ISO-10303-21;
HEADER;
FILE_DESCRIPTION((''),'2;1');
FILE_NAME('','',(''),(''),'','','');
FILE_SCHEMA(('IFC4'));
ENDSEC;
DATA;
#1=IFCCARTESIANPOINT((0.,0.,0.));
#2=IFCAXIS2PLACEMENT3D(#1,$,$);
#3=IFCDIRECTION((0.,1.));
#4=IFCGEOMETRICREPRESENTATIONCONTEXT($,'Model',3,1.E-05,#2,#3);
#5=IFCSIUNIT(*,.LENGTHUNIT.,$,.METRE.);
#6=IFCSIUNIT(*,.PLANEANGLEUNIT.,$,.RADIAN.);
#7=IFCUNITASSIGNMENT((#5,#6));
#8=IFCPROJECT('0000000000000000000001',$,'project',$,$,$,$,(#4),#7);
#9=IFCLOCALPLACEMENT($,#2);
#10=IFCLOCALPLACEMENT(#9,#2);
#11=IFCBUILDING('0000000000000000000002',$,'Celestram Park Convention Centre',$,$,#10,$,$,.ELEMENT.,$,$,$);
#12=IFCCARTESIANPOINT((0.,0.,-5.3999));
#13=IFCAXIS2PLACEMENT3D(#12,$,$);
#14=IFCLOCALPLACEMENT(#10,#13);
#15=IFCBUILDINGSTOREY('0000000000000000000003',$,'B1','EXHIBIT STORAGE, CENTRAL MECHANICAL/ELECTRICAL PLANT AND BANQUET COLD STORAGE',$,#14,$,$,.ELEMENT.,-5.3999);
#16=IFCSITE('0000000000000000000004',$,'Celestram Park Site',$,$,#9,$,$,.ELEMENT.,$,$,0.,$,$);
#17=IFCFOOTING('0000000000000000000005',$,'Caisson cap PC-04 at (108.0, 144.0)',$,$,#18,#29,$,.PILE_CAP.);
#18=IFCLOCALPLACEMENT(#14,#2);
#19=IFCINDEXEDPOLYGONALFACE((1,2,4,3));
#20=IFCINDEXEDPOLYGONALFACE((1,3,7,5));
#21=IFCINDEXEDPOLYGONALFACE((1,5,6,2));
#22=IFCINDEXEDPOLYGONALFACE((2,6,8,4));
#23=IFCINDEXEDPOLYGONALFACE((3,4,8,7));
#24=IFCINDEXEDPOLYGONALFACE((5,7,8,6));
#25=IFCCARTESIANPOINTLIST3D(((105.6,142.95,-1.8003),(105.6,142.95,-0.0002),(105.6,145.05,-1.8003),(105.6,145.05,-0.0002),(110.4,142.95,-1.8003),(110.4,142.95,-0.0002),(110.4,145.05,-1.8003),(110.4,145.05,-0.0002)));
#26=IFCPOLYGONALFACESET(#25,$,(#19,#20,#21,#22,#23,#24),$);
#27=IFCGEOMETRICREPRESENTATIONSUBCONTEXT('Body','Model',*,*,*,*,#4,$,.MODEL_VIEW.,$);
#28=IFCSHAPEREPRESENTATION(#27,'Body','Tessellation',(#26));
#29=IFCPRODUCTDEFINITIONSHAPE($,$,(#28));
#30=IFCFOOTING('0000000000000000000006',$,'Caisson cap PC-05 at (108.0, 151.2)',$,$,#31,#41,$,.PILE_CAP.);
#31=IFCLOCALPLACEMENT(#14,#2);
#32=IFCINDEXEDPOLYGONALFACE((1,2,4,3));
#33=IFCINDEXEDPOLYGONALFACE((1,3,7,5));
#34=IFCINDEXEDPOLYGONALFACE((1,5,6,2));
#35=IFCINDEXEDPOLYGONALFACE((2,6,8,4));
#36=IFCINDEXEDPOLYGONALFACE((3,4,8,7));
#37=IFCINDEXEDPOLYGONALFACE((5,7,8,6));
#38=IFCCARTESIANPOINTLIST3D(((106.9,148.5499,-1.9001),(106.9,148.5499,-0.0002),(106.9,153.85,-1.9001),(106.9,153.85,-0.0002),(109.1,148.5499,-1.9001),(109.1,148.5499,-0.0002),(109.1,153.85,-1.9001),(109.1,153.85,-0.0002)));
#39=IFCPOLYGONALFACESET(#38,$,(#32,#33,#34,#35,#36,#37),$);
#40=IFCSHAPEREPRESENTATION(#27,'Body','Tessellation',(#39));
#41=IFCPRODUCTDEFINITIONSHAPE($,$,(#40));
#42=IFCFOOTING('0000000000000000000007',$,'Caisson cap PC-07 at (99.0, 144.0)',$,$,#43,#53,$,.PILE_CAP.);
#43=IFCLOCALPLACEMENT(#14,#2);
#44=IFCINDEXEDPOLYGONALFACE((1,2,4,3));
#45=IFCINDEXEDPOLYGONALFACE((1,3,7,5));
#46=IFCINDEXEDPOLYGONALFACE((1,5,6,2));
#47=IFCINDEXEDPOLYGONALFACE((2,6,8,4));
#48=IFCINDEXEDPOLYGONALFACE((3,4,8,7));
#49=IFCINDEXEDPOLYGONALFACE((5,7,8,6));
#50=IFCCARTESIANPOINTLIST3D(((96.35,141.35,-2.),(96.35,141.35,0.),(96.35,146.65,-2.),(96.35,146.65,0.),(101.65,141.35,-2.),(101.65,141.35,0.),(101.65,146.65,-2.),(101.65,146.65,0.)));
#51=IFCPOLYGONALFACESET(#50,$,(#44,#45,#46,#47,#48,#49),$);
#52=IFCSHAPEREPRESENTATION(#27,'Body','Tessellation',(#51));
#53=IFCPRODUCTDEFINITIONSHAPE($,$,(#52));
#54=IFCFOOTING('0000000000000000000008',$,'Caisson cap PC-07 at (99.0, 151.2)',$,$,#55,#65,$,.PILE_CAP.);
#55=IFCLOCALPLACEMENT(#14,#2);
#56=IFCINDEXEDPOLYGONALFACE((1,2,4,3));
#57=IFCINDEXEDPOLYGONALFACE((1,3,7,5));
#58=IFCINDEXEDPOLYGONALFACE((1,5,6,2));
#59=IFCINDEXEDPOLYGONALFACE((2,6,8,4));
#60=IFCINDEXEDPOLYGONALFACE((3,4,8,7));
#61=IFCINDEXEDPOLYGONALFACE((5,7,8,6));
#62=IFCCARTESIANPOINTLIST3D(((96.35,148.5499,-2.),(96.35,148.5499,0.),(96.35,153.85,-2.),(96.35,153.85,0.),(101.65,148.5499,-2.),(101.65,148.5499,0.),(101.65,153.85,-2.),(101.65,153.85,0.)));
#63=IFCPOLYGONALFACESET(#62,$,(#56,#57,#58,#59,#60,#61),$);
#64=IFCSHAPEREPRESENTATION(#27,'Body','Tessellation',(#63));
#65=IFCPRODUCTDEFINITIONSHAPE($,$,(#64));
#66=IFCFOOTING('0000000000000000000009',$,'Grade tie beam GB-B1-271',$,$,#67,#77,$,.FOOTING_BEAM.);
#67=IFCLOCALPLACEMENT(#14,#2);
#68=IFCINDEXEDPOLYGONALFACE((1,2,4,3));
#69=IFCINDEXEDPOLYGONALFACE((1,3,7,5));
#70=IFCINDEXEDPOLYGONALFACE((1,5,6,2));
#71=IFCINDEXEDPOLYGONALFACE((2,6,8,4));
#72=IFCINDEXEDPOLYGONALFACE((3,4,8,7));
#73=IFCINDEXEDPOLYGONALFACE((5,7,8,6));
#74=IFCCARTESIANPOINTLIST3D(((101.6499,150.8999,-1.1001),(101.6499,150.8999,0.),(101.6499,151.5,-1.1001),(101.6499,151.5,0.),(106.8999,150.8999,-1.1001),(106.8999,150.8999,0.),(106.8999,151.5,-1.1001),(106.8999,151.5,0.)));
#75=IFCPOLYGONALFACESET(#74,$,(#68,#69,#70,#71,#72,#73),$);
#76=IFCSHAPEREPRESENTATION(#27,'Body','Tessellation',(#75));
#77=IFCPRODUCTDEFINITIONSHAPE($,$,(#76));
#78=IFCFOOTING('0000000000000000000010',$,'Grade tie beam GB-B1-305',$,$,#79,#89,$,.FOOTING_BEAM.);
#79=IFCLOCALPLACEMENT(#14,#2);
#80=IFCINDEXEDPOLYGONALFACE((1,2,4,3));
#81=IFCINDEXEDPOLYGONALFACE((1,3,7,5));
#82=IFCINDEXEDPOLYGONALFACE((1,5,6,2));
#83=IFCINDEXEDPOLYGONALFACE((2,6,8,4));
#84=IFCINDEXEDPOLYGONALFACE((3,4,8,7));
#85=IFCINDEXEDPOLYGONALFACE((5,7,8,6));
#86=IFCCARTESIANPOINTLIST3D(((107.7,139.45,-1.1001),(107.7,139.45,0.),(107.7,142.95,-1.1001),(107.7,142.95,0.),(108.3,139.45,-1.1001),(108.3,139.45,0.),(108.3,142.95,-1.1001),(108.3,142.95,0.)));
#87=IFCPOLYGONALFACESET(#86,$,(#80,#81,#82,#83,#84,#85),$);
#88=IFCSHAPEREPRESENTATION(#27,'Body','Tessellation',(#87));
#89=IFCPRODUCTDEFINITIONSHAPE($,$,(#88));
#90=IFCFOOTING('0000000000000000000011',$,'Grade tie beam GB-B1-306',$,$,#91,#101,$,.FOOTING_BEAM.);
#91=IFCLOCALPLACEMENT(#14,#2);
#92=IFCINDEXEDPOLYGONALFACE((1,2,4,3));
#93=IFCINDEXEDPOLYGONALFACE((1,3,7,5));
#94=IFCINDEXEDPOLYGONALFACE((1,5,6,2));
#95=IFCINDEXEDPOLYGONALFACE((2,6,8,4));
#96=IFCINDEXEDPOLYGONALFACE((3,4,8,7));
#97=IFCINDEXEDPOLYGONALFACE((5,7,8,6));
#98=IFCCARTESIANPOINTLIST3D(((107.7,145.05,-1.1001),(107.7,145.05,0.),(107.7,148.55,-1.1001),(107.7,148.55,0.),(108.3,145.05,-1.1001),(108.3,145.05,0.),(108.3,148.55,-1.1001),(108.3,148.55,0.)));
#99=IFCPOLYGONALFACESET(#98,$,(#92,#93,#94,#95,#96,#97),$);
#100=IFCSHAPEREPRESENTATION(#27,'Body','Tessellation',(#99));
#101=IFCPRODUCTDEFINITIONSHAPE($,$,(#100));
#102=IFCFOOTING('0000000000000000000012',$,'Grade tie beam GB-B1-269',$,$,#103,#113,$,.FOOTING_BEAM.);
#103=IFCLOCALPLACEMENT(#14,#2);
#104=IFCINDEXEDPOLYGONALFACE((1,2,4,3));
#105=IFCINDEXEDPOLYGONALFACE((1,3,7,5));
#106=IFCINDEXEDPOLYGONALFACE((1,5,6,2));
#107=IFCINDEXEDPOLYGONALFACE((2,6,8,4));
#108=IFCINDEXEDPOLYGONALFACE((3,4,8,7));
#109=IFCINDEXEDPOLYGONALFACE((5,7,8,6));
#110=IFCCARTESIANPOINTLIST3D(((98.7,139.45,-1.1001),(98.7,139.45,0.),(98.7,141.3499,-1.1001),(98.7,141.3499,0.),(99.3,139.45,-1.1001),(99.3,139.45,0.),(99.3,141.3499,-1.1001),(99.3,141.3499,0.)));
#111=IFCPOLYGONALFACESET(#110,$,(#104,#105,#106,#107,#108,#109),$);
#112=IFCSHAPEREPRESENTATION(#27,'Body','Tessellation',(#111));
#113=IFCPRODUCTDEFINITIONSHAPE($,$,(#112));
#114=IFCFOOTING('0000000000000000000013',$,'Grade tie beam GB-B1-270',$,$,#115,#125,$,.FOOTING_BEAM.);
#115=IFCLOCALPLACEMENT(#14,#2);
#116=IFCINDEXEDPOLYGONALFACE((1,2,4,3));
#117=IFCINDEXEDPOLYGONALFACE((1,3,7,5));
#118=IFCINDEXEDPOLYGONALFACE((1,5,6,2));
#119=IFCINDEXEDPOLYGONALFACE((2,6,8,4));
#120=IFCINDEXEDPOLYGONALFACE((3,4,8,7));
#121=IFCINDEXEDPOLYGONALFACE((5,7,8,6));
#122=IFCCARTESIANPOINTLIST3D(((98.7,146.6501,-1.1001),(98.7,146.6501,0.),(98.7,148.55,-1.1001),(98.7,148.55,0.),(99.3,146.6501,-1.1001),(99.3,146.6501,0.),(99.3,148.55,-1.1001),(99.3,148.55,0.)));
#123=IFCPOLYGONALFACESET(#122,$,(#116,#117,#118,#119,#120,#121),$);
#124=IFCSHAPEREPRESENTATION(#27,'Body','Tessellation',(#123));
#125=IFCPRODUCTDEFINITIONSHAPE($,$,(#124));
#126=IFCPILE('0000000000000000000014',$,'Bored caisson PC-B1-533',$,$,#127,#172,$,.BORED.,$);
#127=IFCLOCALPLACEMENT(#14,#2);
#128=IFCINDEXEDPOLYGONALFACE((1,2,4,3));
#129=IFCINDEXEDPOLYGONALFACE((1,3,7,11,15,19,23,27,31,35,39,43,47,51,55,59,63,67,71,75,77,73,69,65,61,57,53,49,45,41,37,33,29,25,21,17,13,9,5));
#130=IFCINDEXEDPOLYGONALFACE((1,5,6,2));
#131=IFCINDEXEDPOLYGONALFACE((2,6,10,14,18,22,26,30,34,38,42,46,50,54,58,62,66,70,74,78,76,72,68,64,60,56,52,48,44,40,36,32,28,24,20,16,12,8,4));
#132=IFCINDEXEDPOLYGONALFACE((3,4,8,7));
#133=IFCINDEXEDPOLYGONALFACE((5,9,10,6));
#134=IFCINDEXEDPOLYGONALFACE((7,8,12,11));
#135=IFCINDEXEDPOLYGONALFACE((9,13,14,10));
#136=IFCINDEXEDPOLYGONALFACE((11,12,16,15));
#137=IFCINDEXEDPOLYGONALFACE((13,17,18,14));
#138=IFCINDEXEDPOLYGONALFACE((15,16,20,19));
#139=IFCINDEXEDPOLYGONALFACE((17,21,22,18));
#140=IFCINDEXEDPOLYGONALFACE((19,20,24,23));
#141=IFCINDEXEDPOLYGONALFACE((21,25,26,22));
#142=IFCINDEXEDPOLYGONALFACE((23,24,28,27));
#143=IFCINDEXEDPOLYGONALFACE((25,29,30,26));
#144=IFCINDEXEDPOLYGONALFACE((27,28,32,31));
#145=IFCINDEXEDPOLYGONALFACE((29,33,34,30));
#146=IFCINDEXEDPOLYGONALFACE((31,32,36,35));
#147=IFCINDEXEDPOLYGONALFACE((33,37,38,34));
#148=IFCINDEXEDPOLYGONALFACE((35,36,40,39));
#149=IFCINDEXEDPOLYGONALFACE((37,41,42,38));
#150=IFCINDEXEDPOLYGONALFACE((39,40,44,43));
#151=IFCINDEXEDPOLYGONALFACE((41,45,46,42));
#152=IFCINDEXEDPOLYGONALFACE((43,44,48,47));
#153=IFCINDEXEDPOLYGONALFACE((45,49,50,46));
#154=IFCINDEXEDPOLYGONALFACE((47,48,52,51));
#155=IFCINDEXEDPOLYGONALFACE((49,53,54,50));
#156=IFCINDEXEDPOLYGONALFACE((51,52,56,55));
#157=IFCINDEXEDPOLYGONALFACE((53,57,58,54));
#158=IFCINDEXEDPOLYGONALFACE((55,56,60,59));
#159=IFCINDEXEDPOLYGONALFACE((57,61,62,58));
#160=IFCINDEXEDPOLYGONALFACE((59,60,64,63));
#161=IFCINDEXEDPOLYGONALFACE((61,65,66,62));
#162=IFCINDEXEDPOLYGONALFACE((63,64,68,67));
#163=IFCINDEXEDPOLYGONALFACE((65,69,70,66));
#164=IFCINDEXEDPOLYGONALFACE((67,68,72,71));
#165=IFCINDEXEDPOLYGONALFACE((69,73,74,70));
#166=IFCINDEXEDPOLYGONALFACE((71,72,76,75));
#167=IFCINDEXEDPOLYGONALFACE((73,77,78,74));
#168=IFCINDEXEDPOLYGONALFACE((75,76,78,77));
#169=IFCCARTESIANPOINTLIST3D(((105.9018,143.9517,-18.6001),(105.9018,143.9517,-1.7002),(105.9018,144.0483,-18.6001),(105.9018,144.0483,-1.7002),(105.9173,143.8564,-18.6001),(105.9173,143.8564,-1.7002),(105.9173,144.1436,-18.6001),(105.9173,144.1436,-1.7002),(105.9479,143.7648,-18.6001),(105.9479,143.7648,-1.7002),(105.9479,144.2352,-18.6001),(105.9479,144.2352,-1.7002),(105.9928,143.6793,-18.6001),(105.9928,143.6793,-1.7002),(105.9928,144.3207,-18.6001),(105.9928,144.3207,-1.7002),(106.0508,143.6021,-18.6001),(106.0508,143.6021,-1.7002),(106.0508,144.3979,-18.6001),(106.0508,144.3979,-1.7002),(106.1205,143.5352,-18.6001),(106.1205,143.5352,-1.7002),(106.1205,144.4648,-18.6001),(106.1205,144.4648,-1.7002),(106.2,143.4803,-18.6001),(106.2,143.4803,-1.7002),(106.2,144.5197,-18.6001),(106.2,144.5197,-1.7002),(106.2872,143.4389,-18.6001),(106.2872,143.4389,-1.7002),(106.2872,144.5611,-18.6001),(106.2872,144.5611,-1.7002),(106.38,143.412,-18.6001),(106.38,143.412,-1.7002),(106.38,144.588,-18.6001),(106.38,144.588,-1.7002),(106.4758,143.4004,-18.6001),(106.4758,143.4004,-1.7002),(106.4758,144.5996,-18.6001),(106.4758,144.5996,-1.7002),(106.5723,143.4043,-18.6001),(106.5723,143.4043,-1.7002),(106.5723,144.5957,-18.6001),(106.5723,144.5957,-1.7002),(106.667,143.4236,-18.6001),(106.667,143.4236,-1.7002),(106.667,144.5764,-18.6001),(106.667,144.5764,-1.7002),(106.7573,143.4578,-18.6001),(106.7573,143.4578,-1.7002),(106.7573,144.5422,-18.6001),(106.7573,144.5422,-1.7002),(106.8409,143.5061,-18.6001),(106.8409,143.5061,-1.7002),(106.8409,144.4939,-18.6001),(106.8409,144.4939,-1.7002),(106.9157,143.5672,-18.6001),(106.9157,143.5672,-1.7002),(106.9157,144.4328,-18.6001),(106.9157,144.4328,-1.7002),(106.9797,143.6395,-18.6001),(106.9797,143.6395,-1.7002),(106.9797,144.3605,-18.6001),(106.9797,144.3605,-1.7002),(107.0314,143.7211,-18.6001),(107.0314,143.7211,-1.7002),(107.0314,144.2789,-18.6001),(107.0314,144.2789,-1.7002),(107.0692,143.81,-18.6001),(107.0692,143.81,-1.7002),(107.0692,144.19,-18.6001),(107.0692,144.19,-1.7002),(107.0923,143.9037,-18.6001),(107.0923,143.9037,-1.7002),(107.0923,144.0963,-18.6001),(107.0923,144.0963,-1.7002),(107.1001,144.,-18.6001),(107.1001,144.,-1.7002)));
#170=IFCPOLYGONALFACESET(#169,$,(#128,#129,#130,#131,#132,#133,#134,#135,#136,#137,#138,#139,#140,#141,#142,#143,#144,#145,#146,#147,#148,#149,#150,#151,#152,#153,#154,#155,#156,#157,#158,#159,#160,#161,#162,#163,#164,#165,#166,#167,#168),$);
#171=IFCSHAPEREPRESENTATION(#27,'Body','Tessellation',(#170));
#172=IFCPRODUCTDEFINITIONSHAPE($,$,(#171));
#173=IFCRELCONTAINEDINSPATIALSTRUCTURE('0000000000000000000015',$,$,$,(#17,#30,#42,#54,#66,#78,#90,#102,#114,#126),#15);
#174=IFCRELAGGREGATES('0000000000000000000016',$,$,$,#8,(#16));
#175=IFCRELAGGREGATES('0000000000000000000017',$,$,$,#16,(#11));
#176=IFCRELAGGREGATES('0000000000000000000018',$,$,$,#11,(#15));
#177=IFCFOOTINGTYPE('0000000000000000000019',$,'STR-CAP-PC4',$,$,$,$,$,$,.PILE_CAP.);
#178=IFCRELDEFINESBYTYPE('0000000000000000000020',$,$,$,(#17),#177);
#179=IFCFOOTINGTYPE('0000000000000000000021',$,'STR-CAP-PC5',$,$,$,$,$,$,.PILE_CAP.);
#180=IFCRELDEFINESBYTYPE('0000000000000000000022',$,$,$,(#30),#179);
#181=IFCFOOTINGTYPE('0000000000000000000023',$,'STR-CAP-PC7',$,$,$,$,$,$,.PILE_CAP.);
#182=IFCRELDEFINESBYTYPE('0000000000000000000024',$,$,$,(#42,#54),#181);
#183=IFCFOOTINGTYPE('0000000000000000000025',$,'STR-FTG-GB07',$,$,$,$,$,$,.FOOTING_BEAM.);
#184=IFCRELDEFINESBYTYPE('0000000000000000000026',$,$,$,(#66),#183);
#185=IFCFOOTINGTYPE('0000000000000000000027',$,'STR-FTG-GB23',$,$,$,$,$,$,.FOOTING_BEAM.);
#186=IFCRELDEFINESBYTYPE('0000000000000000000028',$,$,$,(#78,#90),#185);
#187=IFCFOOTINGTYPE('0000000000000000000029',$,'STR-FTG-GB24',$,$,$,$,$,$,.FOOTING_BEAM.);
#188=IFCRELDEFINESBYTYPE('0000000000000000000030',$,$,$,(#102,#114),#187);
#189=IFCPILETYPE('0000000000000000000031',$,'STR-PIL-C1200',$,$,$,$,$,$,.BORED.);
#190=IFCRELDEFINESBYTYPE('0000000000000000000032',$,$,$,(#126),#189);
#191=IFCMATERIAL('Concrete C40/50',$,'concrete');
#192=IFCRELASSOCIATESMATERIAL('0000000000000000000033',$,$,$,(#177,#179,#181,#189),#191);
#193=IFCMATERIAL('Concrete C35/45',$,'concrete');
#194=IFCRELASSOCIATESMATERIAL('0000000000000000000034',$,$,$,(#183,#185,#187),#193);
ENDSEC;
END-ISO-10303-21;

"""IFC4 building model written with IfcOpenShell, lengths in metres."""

from ifc_helpers import new_model, si_unit, direction, frame, origin, origin_2d, place, context, subcontext, project, spatial, rectangle, circle, extrude, material, material_profile, profile_set, type_object, element, save


model = new_model("IFC4")

# Units and contexts
model_context = context("Model", 3, precision=1e-05, world=origin(), true_north=direction((0.0, 1.0)))
body_context = subcontext(model_context, "Body", "Model", "MODEL_VIEW")
ifc_project = project(units=[si_unit("LENGTHUNIT", "METRE"), si_unit("PLANEANGLEUNIT", "RADIAN")], contexts=[model_context])

# Site, building, storey
site_placement = place(None, origin())
site = spatial("IfcSite", under=ifc_project, at=site_placement, Name="Celestram Park Site", CompositionType="ELEMENT", RefElevation=0.0)
building_placement = place(site_placement, origin())
building = spatial("IfcBuilding", under=site, at=building_placement, Name="Celestram Park Convention Centre", CompositionType="ELEMENT")
storey_placement = place(building_placement, frame((0.0, 0.0, -5.3999)))
storey = spatial("IfcBuildingStorey", under=building, at=storey_placement, Name="B1", Description="EXHIBIT STORAGE, CENTRAL MECHANICAL/ELECTRICAL PLANT AND BANQUET COLD STORAGE", CompositionType="ELEMENT", Elevation=-5.3999)

# Footings
ifc_material_1 = material(Name="Concrete C40/50", Category="concrete")
footing_type_1 = type_object("IfcFootingType", Name="STR-CAP-PC4", PredefinedType="PILE_CAP", material=ifc_material_1)
footing_1_placement = place(storey_placement, frame((108.0, 144.0, -1.8003), z_axis=(0.0, 0.0, 1.0), x_axis=(1.0, 0.0, 0.0)))
element("IfcFooting", 1, at=footing_1_placement, inside=storey, type_object=footing_type_1, Name="Caisson cap PC-04 at (108.0, 144.0)", PredefinedType="PILE_CAP", context=body_context, shape_type="SweptSolid", body=[
    extrude(rectangle(XDim=4.8, YDim=2.1001, at=origin_2d()), origin(), (0.0, 0.0, 1.0), 1.8),
])
footing_type_2 = type_object("IfcFootingType", Name="STR-CAP-PC5", PredefinedType="PILE_CAP", material=ifc_material_1)
footing_2_placement = place(storey_placement, frame((108.0, 151.2, -1.9001), z_axis=(0.0, 0.0, 1.0), x_axis=(1.0, 0.0, 0.0)))
element("IfcFooting", 2, at=footing_2_placement, inside=storey, type_object=footing_type_2, Name="Caisson cap PC-05 at (108.0, 151.2)", PredefinedType="PILE_CAP", context=body_context, shape_type="SweptSolid", body=[
    extrude(rectangle(XDim=2.2, YDim=5.3, at=origin_2d()), origin(), (0.0, 0.0, 1.0), 1.8999),
])
footing_type_3 = type_object("IfcFootingType", Name="STR-CAP-PC7", PredefinedType="PILE_CAP", material=ifc_material_1)
for number, where, z_axis, x_axis, name in (
    (3, (99.0, 144.0, -2.0), (0.0, 0.0, 1.0), (1.0, 0.0, 0.0), "Caisson cap PC-07 at (99.0, 144.0)"),
    (4, (99.0, 151.2, -2.0), (0.0, 0.0, 1.0), (1.0, 0.0, 0.0), "Caisson cap PC-07 at (99.0, 151.2)"),
):
    element("IfcFooting", number, at=place(storey_placement, frame(where, z_axis=z_axis, x_axis=x_axis)), inside=storey, type_object=footing_type_3, Name=name, PredefinedType="PILE_CAP", context=body_context, shape_type="SweptSolid", body=[
        extrude(rectangle(XDim=5.3, YDim=5.3, at=origin_2d()), origin(), (0.0, 0.0, 1.0), 2.0),
    ])
ifc_material_2 = material(Name="Concrete C35/45", Category="concrete")
footing_type_4 = type_object("IfcFootingType", Name="STR-FTG-GB07", PredefinedType="FOOTING_BEAM", material=ifc_material_2)
footing_3_placement = place(storey_placement, frame((104.2749, 151.2, -1.1001), z_axis=(0.0, 0.0, 1.0), x_axis=(1.0, 0.0, 0.0)))
element("IfcFooting", 5, at=footing_3_placement, inside=storey, type_object=footing_type_4, Name="Grade tie beam GB-B1-271", PredefinedType="FOOTING_BEAM", context=body_context, shape_type="SweptSolid", body=[
    extrude(rectangle(XDim=5.25, YDim=0.6001, at=origin_2d()), origin(), (0.0, 0.0, 1.0), 1.1001),
])
footing_type_5 = type_object("IfcFootingType", Name="STR-FTG-GB23", PredefinedType="FOOTING_BEAM", material=ifc_material_2)
for number, where, z_axis, x_axis, name in (
    (6, (108.0, 141.2, -1.1001), (0.0, 0.0, 1.0), (0.0, 1.0, 0.0), "Grade tie beam GB-B1-305"),
    (7, (108.0, 146.8, -1.1001), (0.0, 0.0, 1.0), (0.0, 1.0, 0.0), "Grade tie beam GB-B1-306"),
):
    element("IfcFooting", number, at=place(storey_placement, frame(where, z_axis=z_axis, x_axis=x_axis)), inside=storey, type_object=footing_type_5, Name=name, PredefinedType="FOOTING_BEAM", context=body_context, shape_type="SweptSolid", body=[
        extrude(rectangle(XDim=3.5, YDim=0.6001, at=origin_2d()), origin(), (0.0, 0.0, 1.0), 1.1001),
    ])
footing_type_6 = type_object("IfcFootingType", Name="STR-FTG-GB24", PredefinedType="FOOTING_BEAM", material=ifc_material_2)
for number, where, z_axis, x_axis, name in (
    (8, (99.0, 140.3999, -1.1001), (0.0, 0.0, 1.0), (0.0, 1.0, 0.0), "Grade tie beam GB-B1-269"),
    (9, (99.0, 147.6001, -1.1001), (0.0, 0.0, 1.0), (0.0, 1.0, 0.0), "Grade tie beam GB-B1-270"),
):
    element("IfcFooting", number, at=place(storey_placement, frame(where, z_axis=z_axis, x_axis=x_axis)), inside=storey, type_object=footing_type_6, Name=name, PredefinedType="FOOTING_BEAM", context=body_context, shape_type="SweptSolid", body=[
        extrude(rectangle(XDim=1.8999, YDim=0.6001, at=origin_2d()), origin(), (0.0, 0.0, 1.0), 1.1001),
    ])

# Pile
ifc_material_profile_1 = material_profile(ifc_material_1, circle(Radius=0.6001, at=origin_2d()), Name="CAISSON1200")
ifc_profile_set_1 = profile_set([ifc_material_profile_1], Name="Concrete C40/50")
pile_type_1 = type_object("IfcPileType", Name="STR-PIL-C1200", PredefinedType="BORED", material=ifc_profile_set_1)
for number, where, z_axis, x_axis, name in (
    (10, (106.5, 144.0, -1.7002), (0.0, 0.0, -1.0), (1.0, 0.0, 0.0), "Bored caisson PC-B1-533"),
):
    element("IfcPile", number, at=place(storey_placement, frame(where, z_axis=z_axis, x_axis=x_axis)), inside=storey, type_object=pile_type_1, Name=name, PredefinedType="BORED", context=body_context, shape_type="SweptSolid", body=[
        extrude(circle(Radius=0.6001, at=origin_2d()), origin(), (0.0, 0.0, 1.0), 16.8999),
    ])

save(model, "model.ifc")
